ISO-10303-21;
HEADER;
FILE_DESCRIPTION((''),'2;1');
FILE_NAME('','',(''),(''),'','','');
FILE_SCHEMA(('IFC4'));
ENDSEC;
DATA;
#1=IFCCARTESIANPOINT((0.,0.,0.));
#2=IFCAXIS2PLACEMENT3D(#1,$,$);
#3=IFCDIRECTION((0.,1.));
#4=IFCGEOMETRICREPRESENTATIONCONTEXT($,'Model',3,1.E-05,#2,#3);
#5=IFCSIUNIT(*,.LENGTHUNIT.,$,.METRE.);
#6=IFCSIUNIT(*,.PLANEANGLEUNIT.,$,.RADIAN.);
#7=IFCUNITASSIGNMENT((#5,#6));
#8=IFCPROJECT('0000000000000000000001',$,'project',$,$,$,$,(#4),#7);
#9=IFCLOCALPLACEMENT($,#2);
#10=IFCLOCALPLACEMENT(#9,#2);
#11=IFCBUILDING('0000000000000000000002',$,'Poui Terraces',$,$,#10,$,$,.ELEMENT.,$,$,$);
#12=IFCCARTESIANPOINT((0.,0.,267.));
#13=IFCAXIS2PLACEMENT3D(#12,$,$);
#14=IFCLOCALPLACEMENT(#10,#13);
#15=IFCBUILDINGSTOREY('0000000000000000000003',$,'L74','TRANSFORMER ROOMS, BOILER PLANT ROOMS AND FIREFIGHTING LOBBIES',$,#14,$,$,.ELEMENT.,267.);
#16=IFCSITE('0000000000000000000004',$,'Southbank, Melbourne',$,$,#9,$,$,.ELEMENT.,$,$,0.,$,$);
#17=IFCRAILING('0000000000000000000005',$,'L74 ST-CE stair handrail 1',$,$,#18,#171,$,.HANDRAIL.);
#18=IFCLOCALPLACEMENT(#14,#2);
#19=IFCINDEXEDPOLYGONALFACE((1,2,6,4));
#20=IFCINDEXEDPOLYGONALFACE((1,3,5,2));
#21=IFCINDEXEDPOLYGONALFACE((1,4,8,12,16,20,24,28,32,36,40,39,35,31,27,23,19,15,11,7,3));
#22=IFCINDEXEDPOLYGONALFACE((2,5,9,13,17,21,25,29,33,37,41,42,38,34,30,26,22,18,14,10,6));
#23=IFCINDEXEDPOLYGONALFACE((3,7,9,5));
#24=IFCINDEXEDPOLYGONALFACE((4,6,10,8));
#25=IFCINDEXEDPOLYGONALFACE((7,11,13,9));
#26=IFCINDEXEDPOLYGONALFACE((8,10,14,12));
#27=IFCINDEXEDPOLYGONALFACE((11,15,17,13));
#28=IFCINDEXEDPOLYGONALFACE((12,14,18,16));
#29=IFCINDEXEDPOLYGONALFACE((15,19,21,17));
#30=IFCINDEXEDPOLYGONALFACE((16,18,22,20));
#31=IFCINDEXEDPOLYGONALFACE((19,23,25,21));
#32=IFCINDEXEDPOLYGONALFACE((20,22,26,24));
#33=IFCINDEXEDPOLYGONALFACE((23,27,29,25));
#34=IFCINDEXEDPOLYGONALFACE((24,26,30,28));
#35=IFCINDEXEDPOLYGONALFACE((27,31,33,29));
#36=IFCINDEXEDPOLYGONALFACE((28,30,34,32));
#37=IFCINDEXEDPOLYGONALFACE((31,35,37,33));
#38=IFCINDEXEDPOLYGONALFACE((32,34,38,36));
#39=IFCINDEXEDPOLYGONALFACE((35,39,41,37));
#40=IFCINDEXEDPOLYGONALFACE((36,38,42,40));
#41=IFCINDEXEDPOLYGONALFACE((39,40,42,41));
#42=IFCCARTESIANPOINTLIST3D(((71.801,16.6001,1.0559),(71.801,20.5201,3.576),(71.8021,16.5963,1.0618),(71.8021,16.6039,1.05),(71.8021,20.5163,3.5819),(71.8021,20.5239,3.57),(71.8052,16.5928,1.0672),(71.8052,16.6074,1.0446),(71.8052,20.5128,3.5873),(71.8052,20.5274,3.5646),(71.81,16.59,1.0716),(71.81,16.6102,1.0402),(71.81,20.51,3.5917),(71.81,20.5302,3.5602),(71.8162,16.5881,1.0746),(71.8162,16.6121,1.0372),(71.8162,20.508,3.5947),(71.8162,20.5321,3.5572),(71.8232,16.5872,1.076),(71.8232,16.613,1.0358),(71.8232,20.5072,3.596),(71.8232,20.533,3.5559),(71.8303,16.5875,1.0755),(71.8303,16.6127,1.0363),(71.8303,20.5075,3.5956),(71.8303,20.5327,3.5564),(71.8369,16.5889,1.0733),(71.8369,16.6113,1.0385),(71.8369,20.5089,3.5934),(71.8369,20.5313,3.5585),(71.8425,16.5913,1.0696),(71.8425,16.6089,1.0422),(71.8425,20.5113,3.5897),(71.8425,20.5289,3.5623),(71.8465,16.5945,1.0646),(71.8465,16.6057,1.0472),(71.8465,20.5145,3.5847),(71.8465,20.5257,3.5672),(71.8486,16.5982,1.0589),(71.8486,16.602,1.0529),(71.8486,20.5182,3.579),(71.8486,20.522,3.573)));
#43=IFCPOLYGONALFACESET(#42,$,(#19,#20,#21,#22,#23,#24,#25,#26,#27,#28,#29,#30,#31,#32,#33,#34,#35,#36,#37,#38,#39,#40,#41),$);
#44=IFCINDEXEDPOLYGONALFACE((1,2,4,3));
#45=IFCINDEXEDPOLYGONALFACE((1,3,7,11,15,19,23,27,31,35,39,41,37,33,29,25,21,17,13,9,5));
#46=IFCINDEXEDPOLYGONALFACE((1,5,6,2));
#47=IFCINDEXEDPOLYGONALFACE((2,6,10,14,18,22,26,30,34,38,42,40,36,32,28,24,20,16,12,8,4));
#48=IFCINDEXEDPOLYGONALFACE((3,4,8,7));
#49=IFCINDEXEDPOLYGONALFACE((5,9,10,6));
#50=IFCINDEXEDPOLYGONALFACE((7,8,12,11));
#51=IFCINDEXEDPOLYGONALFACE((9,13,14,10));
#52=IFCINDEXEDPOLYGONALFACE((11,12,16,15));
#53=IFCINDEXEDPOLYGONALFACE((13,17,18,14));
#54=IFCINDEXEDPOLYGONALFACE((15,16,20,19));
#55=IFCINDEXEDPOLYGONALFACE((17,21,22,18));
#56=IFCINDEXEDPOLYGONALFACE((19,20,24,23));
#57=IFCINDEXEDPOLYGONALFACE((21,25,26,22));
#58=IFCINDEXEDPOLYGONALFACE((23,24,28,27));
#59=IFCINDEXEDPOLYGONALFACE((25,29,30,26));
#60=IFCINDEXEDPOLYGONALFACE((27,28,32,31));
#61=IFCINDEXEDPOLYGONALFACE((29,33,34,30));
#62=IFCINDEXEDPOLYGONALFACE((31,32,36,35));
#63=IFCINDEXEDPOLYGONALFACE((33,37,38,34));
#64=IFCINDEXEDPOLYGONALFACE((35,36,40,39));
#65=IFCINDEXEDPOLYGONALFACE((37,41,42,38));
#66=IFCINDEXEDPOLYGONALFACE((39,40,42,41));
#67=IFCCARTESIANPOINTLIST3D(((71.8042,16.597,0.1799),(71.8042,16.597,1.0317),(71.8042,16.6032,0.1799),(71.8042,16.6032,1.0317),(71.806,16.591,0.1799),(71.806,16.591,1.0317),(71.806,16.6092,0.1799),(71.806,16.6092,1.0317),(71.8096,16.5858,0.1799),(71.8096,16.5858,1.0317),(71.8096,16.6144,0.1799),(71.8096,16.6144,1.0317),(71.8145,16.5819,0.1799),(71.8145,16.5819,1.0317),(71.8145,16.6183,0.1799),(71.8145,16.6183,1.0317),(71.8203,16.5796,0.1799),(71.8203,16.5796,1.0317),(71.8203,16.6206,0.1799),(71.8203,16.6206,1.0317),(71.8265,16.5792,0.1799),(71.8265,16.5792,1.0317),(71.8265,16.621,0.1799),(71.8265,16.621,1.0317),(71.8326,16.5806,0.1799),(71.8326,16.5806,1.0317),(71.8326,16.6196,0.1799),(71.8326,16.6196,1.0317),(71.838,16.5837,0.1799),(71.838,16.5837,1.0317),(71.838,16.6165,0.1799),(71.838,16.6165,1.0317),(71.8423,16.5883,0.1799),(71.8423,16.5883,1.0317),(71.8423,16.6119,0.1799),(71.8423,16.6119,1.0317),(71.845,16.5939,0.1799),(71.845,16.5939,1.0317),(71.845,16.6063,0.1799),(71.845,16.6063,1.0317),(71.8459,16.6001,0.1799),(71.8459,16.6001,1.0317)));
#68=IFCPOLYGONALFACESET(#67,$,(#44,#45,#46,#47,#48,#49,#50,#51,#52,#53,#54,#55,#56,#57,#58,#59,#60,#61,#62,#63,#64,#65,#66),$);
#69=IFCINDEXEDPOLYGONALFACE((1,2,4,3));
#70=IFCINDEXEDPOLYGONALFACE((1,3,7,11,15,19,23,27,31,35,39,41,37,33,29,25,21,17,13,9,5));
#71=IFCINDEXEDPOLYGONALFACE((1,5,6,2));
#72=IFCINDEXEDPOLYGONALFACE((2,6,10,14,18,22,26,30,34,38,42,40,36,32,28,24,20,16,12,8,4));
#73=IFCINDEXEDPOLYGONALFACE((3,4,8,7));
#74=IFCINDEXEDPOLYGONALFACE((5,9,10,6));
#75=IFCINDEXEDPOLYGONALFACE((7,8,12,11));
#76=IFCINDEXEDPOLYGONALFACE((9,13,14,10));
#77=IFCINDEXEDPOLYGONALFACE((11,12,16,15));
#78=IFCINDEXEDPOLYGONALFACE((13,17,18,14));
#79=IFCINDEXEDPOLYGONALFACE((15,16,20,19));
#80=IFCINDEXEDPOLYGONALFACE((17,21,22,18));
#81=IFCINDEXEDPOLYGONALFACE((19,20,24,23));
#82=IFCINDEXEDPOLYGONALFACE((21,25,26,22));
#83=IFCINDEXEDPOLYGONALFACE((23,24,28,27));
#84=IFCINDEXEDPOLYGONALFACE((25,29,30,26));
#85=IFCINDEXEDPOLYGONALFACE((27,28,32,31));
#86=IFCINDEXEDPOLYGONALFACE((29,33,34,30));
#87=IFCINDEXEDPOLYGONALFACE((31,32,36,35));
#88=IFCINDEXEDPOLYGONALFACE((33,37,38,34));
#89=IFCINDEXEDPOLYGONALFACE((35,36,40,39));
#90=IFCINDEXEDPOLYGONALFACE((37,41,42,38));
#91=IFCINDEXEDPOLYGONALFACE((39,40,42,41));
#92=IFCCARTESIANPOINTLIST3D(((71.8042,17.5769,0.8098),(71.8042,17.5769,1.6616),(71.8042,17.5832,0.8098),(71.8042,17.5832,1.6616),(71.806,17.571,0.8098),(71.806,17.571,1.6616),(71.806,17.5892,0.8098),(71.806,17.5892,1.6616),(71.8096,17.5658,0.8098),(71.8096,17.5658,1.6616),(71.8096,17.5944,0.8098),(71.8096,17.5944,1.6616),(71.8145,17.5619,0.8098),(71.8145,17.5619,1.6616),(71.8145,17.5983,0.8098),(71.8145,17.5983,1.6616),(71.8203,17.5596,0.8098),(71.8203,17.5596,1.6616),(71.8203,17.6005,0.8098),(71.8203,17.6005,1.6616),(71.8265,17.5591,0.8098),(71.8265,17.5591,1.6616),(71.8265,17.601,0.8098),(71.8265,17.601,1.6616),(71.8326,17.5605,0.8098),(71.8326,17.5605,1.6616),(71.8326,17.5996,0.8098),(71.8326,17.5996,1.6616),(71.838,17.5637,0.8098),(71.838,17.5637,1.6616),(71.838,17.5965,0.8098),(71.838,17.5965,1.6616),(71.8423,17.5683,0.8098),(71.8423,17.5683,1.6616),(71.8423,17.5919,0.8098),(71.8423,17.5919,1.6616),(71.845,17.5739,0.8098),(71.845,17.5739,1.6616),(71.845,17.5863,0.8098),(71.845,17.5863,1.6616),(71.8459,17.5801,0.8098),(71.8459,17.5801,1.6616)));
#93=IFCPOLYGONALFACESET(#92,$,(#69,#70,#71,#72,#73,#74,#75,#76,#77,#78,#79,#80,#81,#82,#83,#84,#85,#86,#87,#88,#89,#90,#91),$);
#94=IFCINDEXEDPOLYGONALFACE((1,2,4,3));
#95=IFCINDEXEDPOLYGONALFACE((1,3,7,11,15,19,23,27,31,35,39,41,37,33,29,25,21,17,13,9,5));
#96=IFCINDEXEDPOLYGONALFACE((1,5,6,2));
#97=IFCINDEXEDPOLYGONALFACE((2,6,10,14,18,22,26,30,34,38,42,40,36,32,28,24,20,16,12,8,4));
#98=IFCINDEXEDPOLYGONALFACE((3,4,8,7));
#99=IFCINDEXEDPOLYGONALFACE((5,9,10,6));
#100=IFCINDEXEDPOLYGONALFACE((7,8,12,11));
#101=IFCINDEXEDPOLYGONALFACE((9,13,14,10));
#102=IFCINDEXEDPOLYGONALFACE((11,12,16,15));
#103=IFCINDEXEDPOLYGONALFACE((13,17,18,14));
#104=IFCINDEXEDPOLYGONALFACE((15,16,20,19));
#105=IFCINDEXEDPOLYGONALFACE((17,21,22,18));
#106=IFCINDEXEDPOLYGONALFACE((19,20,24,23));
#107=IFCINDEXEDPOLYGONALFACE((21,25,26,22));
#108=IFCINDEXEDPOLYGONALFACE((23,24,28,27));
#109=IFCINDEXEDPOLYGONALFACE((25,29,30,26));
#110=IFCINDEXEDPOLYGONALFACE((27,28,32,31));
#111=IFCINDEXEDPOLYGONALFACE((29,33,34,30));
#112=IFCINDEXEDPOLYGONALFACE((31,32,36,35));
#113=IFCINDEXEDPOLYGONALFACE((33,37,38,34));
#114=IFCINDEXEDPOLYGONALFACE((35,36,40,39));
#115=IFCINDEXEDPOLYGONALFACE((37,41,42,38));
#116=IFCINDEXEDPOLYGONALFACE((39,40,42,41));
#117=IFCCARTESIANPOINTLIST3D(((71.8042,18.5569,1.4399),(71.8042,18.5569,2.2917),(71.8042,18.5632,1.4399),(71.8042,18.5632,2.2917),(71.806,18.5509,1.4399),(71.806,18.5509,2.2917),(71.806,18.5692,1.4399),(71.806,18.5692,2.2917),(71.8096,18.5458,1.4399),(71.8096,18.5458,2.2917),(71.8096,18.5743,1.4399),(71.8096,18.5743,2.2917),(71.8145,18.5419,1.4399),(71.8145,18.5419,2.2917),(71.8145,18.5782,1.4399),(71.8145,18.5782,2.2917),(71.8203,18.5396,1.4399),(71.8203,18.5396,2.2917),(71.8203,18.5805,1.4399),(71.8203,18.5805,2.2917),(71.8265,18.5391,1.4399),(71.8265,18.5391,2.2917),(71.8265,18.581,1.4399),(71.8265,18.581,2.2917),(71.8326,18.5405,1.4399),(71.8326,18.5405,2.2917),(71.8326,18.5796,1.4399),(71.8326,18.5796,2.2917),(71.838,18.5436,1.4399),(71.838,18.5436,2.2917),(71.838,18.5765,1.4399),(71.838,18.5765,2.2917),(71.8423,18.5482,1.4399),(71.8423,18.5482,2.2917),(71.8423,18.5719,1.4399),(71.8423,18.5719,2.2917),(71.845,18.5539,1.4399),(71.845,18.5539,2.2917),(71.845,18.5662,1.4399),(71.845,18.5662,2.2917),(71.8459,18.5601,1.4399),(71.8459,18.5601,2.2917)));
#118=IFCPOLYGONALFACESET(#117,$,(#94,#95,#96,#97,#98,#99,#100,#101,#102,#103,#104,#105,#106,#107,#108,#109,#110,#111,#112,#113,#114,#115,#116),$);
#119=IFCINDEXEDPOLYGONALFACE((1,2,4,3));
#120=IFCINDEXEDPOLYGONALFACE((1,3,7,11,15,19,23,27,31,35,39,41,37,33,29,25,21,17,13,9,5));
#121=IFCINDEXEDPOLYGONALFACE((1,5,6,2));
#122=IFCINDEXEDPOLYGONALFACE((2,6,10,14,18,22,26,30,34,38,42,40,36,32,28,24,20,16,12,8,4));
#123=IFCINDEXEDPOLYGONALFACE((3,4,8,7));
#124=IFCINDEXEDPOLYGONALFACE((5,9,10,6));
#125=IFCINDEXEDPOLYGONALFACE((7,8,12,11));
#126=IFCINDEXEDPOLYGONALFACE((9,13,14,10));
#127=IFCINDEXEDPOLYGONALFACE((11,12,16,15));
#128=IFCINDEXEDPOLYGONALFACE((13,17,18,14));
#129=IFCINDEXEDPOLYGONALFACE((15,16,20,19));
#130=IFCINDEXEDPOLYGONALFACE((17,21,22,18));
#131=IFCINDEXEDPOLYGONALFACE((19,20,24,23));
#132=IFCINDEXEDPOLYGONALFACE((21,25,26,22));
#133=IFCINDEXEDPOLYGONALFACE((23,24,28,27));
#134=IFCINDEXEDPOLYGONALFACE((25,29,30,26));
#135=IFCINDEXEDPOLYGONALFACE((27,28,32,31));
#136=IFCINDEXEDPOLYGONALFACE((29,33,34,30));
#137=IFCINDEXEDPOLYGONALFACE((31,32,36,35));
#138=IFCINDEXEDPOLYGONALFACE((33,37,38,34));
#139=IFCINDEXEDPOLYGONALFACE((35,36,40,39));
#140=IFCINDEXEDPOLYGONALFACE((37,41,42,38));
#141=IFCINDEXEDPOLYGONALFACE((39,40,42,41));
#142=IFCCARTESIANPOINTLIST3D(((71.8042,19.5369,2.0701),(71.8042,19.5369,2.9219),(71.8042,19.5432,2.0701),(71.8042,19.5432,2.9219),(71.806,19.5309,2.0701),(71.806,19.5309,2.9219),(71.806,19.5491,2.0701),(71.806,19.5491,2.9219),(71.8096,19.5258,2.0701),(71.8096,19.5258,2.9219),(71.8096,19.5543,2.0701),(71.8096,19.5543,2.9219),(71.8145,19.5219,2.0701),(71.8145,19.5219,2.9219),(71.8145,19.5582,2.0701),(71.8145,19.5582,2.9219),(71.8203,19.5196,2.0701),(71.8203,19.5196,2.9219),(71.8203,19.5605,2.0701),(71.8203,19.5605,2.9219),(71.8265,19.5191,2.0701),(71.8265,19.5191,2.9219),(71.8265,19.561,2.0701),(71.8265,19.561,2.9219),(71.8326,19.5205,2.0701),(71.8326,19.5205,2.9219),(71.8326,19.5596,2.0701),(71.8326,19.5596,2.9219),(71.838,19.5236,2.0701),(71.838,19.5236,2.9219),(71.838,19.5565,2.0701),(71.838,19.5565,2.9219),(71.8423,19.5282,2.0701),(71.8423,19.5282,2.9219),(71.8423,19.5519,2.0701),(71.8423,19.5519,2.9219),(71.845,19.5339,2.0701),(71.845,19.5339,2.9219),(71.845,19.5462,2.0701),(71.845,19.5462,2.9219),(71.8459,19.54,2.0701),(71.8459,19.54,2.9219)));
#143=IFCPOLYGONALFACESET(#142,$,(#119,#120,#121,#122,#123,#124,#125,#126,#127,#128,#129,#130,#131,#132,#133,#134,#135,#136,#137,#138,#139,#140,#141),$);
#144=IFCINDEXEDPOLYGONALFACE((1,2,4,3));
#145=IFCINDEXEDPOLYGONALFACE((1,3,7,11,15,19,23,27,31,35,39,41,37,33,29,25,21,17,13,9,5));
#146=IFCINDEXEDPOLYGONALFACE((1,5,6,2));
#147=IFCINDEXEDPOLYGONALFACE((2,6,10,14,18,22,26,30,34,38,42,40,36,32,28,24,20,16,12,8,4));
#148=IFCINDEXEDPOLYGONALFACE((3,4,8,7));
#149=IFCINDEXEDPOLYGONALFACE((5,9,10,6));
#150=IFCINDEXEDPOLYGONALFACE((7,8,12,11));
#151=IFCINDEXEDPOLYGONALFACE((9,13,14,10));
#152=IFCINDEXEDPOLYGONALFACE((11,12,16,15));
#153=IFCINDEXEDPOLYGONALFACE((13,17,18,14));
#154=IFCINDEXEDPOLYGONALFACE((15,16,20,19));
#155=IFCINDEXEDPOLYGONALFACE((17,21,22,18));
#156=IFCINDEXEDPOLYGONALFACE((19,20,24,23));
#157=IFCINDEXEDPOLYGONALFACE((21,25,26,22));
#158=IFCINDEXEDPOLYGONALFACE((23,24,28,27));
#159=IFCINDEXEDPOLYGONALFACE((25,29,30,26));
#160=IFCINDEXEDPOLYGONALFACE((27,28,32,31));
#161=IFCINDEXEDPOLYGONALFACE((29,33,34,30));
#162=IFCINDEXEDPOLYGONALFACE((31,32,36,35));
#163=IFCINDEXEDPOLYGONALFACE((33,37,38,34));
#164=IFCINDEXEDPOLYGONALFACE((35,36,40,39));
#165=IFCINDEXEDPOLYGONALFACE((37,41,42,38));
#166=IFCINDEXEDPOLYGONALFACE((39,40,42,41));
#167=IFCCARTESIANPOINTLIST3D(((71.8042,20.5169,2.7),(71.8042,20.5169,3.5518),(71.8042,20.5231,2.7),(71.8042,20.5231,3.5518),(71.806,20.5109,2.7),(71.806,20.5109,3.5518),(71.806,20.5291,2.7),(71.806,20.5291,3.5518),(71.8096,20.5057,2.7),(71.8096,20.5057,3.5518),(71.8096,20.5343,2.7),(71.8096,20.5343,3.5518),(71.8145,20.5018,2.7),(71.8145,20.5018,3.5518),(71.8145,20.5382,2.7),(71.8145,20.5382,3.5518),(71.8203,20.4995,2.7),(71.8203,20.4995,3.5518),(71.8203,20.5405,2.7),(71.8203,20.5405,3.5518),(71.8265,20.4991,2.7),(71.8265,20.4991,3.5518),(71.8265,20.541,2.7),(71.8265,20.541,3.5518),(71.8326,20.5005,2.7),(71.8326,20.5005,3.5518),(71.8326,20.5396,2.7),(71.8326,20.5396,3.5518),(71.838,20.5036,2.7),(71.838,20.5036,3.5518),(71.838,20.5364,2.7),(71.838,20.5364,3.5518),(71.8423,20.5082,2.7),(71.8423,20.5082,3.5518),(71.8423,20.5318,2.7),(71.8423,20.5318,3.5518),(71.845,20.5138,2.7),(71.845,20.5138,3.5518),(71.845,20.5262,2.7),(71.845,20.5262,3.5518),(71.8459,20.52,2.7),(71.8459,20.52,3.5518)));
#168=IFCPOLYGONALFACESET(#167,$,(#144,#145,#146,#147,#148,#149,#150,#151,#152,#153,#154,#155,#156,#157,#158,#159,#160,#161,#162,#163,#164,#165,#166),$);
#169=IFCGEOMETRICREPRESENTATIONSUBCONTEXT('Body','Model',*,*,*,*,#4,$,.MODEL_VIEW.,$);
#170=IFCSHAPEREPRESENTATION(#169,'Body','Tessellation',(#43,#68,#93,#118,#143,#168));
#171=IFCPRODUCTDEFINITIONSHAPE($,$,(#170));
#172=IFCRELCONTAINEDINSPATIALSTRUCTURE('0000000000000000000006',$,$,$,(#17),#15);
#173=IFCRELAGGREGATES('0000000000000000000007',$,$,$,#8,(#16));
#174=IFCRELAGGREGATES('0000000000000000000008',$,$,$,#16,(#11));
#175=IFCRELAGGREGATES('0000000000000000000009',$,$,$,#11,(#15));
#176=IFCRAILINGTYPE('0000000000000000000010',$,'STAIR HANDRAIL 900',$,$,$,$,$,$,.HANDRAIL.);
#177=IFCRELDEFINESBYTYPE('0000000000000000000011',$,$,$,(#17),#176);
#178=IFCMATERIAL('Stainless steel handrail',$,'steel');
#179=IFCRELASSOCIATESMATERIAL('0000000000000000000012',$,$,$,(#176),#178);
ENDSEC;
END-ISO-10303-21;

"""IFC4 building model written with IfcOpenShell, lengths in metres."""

from ifc_helpers import new_model, si_unit, direction, frame, origin, origin_2d, place, context, subcontext, project, spatial, circle, extrude, material, type_object, element, save


model = new_model("IFC4")

# Units and contexts
model_context = context("Model", 3, precision=1e-05, world=origin(), true_north=direction((0.0, 1.0)))
body_context = subcontext(model_context, "Body", "Model", "MODEL_VIEW")
ifc_project = project(units=[si_unit("LENGTHUNIT", "METRE"), si_unit("PLANEANGLEUNIT", "RADIAN")], contexts=[model_context])

# Site, building, storey
site_placement = place(None, origin())
site = spatial("IfcSite", under=ifc_project, at=site_placement, Name="Southbank, Melbourne", CompositionType="ELEMENT", RefElevation=0.0)
building_placement = place(site_placement, origin())
building = spatial("IfcBuilding", under=site, at=building_placement, Name="Poui Terraces", CompositionType="ELEMENT")
storey_placement = place(building_placement, frame((0.0, 0.0, 267.0)))
storey = spatial("IfcBuildingStorey", under=building, at=storey_placement, Name="L74", Description="TRANSFORMER ROOMS, BOILER PLANT ROOMS AND FIREFIGHTING LOBBIES", CompositionType="ELEMENT", Elevation=267.0)

# Railing
ifc_material_1 = material(Name="Stainless steel handrail", Category="steel")
railing_type_1 = type_object("IfcRailingType", Name="STAIR HANDRAIL 900", PredefinedType="HANDRAIL", material=ifc_material_1)
for number, where, name in (
    (1, (71.825, 16.6001, 0.1799), "L74 ST-CE stair handrail 1"),
):
    element("IfcRailing", number, at=place(storey_placement, frame(where)), inside=storey, type_object=railing_type_1, Name=name, PredefinedType="HANDRAIL", context=body_context, shape_type="SweptSolid", body=[
        extrude(circle(Radius=0.0239, at=origin_2d()), frame((0.0, 0.0, 0.876), z_axis=(0.0, 0.841172, 0.540768), x_axis=(-1.0, 0.0, 0.0)), (0.0, 0.0, 1.0), 4.6602),
        extrude(circle(Radius=0.021, at=origin_2d()), origin(), (0.0, 0.0, 1.0), 0.8518),
        extrude(circle(Radius=0.021, at=origin_2d()), frame((0.0, 0.98, 0.6299)), (0.0, 0.0, 1.0), 0.8518),
        extrude(circle(Radius=0.021, at=origin_2d()), frame((0.0, 1.96, 1.26)), (0.0, 0.0, 1.0), 0.8518),
        extrude(circle(Radius=0.021, at=origin_2d()), frame((0.0, 2.9399, 1.8901)), (0.0, 0.0, 1.0), 0.8518),
        extrude(circle(Radius=0.021, at=origin_2d()), frame((0.0, 3.9199, 2.52)), (0.0, 0.0, 1.0), 0.8518),
    ])

save(model, "model.ifc")
